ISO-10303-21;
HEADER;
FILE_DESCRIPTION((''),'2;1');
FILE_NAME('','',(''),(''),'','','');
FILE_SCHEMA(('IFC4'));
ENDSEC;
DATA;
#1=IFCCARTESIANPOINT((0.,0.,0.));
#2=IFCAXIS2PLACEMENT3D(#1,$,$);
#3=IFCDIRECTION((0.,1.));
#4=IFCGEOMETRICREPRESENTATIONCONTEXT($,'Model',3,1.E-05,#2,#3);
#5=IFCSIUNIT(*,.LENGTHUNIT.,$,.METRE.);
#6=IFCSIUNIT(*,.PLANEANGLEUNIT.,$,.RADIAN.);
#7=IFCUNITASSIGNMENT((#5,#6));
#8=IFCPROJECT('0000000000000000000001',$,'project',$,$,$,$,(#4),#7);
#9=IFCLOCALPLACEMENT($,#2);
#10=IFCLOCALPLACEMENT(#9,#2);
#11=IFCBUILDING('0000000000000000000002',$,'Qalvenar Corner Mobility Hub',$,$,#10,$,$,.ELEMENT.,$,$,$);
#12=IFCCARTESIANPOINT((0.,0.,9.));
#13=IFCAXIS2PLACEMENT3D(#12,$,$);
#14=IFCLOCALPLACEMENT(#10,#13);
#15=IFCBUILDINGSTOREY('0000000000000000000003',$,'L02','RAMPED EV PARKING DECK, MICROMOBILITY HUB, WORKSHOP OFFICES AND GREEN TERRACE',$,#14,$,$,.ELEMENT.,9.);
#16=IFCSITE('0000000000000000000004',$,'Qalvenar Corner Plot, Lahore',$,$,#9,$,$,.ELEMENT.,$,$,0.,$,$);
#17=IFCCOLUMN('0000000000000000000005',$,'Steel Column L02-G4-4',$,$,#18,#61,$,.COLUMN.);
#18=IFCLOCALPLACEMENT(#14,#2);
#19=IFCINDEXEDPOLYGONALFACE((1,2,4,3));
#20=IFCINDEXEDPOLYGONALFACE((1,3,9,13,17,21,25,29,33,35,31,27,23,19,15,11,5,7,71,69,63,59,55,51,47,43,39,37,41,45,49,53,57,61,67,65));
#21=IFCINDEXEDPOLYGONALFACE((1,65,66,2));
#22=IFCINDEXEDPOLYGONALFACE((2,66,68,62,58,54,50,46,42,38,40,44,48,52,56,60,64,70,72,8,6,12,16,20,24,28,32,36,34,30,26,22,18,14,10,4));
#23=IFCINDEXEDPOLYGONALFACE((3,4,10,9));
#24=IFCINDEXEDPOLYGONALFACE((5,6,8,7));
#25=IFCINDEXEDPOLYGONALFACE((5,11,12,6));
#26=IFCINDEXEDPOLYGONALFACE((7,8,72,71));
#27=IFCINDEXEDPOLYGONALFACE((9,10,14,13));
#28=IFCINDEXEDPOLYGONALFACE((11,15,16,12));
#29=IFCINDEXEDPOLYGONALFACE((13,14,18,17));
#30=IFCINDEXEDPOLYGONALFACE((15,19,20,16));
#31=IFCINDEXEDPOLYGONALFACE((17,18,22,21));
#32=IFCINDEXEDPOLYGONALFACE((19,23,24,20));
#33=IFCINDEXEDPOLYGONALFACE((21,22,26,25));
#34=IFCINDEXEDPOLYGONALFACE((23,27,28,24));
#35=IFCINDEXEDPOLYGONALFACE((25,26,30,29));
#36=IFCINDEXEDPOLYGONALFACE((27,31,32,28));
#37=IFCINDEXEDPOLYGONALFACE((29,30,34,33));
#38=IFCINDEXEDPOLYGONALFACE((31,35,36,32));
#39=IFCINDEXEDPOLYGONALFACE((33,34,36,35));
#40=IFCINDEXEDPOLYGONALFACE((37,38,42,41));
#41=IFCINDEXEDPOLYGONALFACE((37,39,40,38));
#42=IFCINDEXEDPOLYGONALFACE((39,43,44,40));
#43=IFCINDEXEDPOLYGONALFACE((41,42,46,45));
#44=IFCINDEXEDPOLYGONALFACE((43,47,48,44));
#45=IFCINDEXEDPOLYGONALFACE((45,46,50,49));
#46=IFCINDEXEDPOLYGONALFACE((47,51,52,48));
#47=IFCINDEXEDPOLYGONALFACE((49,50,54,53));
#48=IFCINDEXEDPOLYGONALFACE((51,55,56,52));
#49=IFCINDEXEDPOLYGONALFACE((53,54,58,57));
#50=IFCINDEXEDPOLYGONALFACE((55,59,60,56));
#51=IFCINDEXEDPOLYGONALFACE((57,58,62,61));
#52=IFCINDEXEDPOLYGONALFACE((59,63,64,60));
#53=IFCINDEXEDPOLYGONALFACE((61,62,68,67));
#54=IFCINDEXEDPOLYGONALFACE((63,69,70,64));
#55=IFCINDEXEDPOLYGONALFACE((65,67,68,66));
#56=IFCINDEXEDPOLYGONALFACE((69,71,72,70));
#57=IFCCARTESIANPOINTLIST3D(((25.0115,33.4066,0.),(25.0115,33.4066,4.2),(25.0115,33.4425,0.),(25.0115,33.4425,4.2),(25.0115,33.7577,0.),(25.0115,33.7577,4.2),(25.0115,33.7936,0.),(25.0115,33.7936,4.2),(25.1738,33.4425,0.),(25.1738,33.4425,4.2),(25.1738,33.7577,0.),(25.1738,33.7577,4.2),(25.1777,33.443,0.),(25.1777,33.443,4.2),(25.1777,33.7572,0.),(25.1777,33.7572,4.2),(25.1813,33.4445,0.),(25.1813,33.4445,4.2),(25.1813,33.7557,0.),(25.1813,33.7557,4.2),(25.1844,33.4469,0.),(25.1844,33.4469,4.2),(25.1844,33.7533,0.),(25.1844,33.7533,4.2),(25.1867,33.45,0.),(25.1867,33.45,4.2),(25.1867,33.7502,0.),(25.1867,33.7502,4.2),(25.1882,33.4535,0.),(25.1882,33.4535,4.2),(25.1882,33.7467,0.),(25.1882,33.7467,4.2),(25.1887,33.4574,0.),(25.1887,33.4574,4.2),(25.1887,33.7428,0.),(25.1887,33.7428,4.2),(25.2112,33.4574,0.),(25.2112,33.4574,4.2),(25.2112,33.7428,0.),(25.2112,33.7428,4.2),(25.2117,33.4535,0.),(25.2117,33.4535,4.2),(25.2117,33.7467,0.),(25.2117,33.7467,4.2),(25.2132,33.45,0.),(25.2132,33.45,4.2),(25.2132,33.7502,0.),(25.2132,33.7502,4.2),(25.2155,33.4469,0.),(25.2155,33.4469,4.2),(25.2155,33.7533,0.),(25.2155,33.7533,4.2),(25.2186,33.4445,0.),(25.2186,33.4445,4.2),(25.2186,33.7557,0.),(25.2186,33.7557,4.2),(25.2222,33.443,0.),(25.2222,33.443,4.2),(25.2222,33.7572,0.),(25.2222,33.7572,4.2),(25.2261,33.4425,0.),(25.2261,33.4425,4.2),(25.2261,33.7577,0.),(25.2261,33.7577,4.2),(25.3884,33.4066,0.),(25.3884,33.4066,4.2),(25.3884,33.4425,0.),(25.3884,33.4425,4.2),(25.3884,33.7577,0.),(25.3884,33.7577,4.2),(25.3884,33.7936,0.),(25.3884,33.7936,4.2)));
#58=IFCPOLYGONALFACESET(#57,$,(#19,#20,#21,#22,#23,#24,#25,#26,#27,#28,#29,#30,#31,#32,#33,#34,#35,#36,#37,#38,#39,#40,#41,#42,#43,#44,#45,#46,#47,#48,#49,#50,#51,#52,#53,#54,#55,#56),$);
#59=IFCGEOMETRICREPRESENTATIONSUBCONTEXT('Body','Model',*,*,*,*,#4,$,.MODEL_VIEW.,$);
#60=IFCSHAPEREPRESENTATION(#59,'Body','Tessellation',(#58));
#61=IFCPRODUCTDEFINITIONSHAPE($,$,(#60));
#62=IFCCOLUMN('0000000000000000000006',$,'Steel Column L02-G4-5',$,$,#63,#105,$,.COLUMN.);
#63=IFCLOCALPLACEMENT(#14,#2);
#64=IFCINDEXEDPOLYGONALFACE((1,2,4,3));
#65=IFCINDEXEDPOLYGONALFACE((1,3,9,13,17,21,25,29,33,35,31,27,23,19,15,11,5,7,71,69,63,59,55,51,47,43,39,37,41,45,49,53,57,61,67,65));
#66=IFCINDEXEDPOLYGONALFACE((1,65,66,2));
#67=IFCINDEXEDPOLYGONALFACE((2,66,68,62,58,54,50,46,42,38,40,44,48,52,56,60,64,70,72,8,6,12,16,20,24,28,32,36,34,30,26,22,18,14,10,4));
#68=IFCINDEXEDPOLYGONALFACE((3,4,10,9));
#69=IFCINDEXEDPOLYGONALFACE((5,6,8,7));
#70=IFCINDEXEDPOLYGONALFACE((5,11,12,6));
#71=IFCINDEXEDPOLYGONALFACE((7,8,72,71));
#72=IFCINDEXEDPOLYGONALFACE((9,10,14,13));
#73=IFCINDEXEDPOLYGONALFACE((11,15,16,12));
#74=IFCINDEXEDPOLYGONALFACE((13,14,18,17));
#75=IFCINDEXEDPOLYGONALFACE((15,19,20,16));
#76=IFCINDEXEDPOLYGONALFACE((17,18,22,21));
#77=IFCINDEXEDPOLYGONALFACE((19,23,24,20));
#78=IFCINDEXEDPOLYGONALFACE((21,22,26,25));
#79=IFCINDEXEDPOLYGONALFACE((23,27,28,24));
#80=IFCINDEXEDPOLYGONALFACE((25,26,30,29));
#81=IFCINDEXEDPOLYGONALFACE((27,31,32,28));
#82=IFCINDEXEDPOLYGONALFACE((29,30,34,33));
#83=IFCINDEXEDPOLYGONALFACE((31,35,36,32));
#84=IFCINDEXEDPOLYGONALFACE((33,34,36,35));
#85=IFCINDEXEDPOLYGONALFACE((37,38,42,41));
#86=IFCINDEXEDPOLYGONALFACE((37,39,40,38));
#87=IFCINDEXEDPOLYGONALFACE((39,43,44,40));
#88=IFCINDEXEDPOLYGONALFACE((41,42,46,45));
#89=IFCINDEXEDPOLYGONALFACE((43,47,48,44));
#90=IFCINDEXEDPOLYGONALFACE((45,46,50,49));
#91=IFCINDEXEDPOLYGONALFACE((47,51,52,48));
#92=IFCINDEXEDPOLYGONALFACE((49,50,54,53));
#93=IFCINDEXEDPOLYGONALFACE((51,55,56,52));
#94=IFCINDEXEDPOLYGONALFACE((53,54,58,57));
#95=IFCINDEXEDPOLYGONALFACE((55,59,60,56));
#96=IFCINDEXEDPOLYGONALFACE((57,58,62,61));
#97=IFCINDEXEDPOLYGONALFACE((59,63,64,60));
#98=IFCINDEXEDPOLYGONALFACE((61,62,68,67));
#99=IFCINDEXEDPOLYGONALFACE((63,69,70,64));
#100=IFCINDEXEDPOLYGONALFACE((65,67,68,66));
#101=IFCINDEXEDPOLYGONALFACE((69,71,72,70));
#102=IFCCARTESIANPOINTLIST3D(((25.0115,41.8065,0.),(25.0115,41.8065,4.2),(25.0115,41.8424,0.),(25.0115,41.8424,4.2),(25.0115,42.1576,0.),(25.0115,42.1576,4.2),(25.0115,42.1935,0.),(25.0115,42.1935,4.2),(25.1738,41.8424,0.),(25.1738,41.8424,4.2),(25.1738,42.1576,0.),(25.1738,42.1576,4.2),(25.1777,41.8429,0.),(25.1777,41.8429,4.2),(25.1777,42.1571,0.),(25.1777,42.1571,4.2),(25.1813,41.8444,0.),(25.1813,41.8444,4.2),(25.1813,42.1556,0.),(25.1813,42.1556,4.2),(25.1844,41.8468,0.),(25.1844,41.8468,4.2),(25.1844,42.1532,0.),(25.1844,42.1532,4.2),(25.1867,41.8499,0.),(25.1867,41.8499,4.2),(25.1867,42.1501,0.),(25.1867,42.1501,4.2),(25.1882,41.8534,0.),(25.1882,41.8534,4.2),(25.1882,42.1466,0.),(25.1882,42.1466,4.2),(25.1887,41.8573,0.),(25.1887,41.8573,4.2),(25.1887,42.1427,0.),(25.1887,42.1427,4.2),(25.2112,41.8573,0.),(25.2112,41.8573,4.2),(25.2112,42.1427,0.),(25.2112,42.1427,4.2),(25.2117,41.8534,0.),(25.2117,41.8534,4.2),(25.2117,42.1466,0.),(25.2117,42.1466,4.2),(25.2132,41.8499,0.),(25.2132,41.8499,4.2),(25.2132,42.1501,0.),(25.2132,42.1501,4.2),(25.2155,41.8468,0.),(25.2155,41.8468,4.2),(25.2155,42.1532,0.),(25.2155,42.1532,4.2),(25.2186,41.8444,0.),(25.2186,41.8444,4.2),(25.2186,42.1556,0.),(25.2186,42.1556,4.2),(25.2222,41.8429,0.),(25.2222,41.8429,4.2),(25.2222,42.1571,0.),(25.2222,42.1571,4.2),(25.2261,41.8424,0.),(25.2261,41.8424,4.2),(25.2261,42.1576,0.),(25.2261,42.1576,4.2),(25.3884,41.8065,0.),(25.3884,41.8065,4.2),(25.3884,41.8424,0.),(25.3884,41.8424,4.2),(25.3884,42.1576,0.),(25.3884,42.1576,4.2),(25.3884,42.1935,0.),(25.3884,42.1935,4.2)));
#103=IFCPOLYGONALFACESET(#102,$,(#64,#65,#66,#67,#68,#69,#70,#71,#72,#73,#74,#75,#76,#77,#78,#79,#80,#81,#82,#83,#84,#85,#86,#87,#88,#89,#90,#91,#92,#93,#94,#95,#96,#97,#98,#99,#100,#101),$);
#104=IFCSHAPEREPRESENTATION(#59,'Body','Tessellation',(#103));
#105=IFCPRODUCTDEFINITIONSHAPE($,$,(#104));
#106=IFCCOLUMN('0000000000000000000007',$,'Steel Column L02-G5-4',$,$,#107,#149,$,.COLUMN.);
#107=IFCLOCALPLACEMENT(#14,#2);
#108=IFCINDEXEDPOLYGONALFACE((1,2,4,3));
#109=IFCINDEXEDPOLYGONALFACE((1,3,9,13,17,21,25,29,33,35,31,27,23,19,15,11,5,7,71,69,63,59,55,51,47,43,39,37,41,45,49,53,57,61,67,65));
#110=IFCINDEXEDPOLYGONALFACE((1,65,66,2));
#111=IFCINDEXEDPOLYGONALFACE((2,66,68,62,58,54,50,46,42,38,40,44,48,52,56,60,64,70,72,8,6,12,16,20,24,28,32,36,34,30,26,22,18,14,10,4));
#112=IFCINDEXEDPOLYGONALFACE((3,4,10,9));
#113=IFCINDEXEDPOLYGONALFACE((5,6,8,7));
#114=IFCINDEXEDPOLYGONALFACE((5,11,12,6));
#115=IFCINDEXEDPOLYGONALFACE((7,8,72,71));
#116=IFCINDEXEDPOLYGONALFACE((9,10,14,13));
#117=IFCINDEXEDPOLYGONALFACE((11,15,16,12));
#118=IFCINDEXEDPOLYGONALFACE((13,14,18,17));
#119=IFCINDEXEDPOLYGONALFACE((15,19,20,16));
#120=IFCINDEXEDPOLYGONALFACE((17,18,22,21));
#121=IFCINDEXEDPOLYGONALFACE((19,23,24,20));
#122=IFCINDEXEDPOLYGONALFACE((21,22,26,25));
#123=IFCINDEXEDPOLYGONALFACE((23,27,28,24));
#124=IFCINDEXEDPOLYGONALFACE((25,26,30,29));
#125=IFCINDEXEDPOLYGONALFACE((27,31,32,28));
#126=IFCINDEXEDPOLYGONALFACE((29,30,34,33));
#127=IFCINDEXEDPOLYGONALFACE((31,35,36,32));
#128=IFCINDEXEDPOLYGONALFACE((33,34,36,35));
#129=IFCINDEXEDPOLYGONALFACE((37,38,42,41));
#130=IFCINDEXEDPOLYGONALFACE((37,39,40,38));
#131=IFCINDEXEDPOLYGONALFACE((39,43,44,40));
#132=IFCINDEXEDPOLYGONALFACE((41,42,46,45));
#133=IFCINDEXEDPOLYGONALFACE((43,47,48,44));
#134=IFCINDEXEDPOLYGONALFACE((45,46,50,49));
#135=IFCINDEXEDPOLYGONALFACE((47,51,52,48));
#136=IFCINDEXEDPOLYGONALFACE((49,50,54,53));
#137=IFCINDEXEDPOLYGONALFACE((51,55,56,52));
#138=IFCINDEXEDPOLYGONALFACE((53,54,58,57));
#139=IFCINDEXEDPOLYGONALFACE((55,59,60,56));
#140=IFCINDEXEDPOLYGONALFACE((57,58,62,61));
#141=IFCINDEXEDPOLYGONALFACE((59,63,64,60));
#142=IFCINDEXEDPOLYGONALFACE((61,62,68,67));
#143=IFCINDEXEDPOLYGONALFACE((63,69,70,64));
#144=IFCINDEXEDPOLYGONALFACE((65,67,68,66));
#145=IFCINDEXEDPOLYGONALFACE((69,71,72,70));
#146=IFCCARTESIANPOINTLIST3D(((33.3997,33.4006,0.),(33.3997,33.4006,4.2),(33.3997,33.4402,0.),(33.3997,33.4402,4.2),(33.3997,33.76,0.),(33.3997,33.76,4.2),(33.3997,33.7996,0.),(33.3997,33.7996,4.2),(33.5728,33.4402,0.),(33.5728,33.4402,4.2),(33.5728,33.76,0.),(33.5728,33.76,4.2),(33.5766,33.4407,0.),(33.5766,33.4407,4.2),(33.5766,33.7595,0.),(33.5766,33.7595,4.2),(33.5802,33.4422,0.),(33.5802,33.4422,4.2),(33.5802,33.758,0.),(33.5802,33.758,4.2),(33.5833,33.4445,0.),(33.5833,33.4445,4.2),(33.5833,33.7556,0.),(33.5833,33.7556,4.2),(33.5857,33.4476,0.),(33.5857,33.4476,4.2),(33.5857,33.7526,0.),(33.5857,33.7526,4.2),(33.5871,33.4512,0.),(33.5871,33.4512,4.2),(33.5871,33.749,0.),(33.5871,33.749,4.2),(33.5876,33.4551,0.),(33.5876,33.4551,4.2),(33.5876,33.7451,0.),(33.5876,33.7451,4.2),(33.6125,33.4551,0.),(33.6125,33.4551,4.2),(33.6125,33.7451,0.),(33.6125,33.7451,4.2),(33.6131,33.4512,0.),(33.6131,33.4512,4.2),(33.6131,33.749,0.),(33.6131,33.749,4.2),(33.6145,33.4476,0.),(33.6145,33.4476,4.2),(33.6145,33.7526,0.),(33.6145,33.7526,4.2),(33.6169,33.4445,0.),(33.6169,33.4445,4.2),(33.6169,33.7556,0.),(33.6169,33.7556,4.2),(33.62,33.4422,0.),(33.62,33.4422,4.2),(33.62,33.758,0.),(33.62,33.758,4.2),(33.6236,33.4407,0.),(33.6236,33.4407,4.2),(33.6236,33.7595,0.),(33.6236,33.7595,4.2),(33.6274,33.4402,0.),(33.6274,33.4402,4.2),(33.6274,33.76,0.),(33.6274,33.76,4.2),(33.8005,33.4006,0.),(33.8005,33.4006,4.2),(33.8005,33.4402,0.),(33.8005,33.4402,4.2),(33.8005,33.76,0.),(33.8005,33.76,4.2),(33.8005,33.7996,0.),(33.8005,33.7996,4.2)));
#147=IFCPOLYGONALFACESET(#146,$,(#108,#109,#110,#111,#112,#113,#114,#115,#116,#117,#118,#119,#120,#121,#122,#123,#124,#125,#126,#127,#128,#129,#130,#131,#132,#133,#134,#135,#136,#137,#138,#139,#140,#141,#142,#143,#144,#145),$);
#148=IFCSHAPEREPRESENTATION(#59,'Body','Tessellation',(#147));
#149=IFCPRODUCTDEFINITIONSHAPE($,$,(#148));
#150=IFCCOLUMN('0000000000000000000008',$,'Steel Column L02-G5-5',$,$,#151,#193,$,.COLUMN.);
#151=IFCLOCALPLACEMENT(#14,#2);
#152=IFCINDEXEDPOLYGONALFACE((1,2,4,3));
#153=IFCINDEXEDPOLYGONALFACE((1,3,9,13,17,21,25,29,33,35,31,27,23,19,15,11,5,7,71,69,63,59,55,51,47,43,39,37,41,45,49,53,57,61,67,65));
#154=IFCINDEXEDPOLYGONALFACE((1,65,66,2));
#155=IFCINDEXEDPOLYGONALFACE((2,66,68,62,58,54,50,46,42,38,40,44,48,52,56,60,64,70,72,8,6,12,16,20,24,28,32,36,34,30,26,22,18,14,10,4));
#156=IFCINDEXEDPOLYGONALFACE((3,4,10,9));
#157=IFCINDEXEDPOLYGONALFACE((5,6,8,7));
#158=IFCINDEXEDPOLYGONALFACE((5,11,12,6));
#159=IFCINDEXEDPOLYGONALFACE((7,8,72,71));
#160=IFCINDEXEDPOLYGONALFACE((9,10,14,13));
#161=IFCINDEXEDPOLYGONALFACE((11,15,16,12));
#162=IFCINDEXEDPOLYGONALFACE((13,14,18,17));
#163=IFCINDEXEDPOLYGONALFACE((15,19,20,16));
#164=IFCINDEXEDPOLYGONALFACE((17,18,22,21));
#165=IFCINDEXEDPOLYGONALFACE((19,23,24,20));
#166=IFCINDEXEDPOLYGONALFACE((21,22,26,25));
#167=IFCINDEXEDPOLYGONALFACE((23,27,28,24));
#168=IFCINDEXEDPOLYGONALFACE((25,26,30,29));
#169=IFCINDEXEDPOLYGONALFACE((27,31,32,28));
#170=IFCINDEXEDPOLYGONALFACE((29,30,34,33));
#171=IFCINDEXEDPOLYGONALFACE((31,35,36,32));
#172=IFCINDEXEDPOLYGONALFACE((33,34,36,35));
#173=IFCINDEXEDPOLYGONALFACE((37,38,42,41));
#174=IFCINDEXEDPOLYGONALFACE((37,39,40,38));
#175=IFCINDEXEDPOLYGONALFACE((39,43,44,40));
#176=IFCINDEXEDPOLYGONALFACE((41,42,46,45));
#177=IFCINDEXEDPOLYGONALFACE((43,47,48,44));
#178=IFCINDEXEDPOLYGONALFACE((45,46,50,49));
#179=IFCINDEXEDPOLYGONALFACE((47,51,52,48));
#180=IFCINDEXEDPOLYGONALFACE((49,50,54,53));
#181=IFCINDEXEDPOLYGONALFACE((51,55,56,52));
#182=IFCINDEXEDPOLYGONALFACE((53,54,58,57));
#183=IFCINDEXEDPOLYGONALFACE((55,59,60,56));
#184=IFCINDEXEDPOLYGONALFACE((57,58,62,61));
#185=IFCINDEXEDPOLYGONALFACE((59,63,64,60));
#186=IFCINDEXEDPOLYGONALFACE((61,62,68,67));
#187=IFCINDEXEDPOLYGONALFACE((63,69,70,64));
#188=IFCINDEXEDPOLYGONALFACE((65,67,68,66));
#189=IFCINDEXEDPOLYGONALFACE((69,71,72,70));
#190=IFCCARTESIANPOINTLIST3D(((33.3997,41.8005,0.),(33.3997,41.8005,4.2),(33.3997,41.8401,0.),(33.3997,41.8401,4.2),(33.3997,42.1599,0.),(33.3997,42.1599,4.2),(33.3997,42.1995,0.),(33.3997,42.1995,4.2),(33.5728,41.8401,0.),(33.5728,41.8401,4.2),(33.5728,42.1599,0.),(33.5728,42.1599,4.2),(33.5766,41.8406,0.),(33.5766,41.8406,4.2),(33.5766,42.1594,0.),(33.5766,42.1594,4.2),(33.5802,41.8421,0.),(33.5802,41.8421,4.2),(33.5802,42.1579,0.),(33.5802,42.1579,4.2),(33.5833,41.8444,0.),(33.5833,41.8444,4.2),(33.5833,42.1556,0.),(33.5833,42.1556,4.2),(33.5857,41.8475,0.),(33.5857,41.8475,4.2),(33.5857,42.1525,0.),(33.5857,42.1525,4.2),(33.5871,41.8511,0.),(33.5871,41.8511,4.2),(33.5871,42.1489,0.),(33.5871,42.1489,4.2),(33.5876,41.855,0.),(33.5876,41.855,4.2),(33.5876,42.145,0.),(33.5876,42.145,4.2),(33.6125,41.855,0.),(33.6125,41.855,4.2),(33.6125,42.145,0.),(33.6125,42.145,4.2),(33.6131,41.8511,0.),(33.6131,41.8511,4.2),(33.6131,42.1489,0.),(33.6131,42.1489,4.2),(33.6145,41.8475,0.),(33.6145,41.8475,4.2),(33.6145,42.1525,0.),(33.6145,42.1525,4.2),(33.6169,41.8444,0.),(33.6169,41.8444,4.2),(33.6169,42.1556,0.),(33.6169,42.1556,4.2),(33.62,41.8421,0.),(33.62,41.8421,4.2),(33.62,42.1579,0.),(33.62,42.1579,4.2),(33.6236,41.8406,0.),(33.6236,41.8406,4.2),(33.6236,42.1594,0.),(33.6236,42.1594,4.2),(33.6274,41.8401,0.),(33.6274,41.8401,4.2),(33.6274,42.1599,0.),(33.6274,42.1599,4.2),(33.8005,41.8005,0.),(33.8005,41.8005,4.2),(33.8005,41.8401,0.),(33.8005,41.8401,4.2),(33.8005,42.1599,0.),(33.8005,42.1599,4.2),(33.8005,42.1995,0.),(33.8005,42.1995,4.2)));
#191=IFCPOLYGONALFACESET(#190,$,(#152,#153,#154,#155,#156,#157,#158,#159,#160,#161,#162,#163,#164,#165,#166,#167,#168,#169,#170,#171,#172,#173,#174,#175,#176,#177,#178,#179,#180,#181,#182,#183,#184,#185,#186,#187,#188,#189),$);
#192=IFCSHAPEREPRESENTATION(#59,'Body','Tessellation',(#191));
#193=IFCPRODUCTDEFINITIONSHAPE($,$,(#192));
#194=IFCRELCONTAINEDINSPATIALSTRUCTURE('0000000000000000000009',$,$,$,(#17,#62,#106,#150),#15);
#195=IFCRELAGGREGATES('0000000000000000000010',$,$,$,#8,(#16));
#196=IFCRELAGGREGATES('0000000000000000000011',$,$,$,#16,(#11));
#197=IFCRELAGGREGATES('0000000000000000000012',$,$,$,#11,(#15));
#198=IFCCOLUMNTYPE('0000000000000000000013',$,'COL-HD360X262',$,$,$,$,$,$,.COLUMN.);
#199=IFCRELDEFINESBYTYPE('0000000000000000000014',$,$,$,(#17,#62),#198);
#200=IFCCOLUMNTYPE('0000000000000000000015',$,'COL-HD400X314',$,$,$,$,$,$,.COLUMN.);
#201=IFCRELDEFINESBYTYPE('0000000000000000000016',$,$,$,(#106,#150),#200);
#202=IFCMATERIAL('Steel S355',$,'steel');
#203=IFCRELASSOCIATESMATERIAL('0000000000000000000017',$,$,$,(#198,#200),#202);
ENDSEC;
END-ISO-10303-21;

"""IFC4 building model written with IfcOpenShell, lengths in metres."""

from ifc_helpers import new_model, si_unit, direction, frame, origin, origin_2d, place, context, subcontext, project, spatial, i_section, extrude, material, material_profile, profile_set, type_object, element, save


model = new_model("IFC4")

# Units and contexts
model_context = context("Model", 3, precision=1e-05, world=origin(), true_north=direction((0.0, 1.0)))
body_context = subcontext(model_context, "Body", "Model", "MODEL_VIEW")
ifc_project = project(units=[si_unit("LENGTHUNIT", "METRE"), si_unit("PLANEANGLEUNIT", "RADIAN")], contexts=[model_context])

# Site, building, storey
site_placement = place(None, origin())
site = spatial("IfcSite", under=ifc_project, at=site_placement, Name="Qalvenar Corner Plot, Lahore", CompositionType="ELEMENT", RefElevation=0.0)
building_placement = place(site_placement, origin())
building = spatial("IfcBuilding", under=site, at=building_placement, Name="Qalvenar Corner Mobility Hub", CompositionType="ELEMENT")
storey_placement = place(building_placement, frame((0.0, 0.0, 9.0)))
storey = spatial("IfcBuildingStorey", under=building, at=storey_placement, Name="L02", Description="RAMPED EV PARKING DECK, MICROMOBILITY HUB, WORKSHOP OFFICES AND GREEN TERRACE", CompositionType="ELEMENT", Elevation=9.0)

# Columns
ifc_material_1 = material(Name="Steel S355", Category="steel")
ifc_material_profile_1 = material_profile(ifc_material_1, i_section(OverallWidth=0.377, OverallDepth=0.387, WebThickness=0.0225, FlangeThickness=0.0359, FilletRadius=0.0149, at=origin_2d()), Name="HD360x262")
ifc_profile_set_1 = profile_set([ifc_material_profile_1], Name="Steel S355")
column_type_1 = type_object("IfcColumnType", Name="COL-HD360X262", PredefinedType="COLUMN", material=ifc_profile_set_1)
for number, where, z_axis, x_axis, name in (
    (1, (25.2, 33.6001, 0.0), (0.0, 0.0, 1.0), (1.0, 0.0, 0.0), "Steel Column L02-G4-4"),
    (2, (25.2, 42.0, 0.0), (0.0, 0.0, 1.0), (1.0, 0.0, 0.0), "Steel Column L02-G4-5"),
):
    element("IfcColumn", number, at=place(storey_placement, frame(where, z_axis=z_axis, x_axis=x_axis)), inside=storey, type_object=column_type_1, Name=name, PredefinedType="COLUMN", context=body_context, shape_type="SweptSolid", body=[
        extrude(i_section(OverallWidth=0.377, OverallDepth=0.387, WebThickness=0.0225, FlangeThickness=0.0359, FilletRadius=0.0149, at=origin_2d()), origin(), (0.0, 0.0, 1.0), 4.2),
    ])
ifc_material_profile_2 = material_profile(ifc_material_1, i_section(OverallWidth=0.4009, OverallDepth=0.3989, WebThickness=0.0249, FlangeThickness=0.0396, FilletRadius=0.0149, at=origin_2d()), Name="HD400x314")
ifc_profile_set_2 = profile_set([ifc_material_profile_2], Name="Steel S355")
column_type_2 = type_object("IfcColumnType", Name="COL-HD400X314", PredefinedType="COLUMN", material=ifc_profile_set_2)
for number, where, z_axis, x_axis, name in (
    (3, (33.6001, 33.6001, 0.0), (0.0, 0.0, 1.0), (1.0, 0.0, 0.0), "Steel Column L02-G5-4"),
    (4, (33.6001, 42.0, 0.0), (0.0, 0.0, 1.0), (1.0, 0.0, 0.0), "Steel Column L02-G5-5"),
):
    element("IfcColumn", number, at=place(storey_placement, frame(where, z_axis=z_axis, x_axis=x_axis)), inside=storey, type_object=column_type_2, Name=name, PredefinedType="COLUMN", context=body_context, shape_type="SweptSolid", body=[
        extrude(i_section(OverallWidth=0.4009, OverallDepth=0.3989, WebThickness=0.0249, FlangeThickness=0.0396, FilletRadius=0.0149, at=origin_2d()), origin(), (0.0, 0.0, 1.0), 4.2),
    ])

save(model, "model.ifc")
